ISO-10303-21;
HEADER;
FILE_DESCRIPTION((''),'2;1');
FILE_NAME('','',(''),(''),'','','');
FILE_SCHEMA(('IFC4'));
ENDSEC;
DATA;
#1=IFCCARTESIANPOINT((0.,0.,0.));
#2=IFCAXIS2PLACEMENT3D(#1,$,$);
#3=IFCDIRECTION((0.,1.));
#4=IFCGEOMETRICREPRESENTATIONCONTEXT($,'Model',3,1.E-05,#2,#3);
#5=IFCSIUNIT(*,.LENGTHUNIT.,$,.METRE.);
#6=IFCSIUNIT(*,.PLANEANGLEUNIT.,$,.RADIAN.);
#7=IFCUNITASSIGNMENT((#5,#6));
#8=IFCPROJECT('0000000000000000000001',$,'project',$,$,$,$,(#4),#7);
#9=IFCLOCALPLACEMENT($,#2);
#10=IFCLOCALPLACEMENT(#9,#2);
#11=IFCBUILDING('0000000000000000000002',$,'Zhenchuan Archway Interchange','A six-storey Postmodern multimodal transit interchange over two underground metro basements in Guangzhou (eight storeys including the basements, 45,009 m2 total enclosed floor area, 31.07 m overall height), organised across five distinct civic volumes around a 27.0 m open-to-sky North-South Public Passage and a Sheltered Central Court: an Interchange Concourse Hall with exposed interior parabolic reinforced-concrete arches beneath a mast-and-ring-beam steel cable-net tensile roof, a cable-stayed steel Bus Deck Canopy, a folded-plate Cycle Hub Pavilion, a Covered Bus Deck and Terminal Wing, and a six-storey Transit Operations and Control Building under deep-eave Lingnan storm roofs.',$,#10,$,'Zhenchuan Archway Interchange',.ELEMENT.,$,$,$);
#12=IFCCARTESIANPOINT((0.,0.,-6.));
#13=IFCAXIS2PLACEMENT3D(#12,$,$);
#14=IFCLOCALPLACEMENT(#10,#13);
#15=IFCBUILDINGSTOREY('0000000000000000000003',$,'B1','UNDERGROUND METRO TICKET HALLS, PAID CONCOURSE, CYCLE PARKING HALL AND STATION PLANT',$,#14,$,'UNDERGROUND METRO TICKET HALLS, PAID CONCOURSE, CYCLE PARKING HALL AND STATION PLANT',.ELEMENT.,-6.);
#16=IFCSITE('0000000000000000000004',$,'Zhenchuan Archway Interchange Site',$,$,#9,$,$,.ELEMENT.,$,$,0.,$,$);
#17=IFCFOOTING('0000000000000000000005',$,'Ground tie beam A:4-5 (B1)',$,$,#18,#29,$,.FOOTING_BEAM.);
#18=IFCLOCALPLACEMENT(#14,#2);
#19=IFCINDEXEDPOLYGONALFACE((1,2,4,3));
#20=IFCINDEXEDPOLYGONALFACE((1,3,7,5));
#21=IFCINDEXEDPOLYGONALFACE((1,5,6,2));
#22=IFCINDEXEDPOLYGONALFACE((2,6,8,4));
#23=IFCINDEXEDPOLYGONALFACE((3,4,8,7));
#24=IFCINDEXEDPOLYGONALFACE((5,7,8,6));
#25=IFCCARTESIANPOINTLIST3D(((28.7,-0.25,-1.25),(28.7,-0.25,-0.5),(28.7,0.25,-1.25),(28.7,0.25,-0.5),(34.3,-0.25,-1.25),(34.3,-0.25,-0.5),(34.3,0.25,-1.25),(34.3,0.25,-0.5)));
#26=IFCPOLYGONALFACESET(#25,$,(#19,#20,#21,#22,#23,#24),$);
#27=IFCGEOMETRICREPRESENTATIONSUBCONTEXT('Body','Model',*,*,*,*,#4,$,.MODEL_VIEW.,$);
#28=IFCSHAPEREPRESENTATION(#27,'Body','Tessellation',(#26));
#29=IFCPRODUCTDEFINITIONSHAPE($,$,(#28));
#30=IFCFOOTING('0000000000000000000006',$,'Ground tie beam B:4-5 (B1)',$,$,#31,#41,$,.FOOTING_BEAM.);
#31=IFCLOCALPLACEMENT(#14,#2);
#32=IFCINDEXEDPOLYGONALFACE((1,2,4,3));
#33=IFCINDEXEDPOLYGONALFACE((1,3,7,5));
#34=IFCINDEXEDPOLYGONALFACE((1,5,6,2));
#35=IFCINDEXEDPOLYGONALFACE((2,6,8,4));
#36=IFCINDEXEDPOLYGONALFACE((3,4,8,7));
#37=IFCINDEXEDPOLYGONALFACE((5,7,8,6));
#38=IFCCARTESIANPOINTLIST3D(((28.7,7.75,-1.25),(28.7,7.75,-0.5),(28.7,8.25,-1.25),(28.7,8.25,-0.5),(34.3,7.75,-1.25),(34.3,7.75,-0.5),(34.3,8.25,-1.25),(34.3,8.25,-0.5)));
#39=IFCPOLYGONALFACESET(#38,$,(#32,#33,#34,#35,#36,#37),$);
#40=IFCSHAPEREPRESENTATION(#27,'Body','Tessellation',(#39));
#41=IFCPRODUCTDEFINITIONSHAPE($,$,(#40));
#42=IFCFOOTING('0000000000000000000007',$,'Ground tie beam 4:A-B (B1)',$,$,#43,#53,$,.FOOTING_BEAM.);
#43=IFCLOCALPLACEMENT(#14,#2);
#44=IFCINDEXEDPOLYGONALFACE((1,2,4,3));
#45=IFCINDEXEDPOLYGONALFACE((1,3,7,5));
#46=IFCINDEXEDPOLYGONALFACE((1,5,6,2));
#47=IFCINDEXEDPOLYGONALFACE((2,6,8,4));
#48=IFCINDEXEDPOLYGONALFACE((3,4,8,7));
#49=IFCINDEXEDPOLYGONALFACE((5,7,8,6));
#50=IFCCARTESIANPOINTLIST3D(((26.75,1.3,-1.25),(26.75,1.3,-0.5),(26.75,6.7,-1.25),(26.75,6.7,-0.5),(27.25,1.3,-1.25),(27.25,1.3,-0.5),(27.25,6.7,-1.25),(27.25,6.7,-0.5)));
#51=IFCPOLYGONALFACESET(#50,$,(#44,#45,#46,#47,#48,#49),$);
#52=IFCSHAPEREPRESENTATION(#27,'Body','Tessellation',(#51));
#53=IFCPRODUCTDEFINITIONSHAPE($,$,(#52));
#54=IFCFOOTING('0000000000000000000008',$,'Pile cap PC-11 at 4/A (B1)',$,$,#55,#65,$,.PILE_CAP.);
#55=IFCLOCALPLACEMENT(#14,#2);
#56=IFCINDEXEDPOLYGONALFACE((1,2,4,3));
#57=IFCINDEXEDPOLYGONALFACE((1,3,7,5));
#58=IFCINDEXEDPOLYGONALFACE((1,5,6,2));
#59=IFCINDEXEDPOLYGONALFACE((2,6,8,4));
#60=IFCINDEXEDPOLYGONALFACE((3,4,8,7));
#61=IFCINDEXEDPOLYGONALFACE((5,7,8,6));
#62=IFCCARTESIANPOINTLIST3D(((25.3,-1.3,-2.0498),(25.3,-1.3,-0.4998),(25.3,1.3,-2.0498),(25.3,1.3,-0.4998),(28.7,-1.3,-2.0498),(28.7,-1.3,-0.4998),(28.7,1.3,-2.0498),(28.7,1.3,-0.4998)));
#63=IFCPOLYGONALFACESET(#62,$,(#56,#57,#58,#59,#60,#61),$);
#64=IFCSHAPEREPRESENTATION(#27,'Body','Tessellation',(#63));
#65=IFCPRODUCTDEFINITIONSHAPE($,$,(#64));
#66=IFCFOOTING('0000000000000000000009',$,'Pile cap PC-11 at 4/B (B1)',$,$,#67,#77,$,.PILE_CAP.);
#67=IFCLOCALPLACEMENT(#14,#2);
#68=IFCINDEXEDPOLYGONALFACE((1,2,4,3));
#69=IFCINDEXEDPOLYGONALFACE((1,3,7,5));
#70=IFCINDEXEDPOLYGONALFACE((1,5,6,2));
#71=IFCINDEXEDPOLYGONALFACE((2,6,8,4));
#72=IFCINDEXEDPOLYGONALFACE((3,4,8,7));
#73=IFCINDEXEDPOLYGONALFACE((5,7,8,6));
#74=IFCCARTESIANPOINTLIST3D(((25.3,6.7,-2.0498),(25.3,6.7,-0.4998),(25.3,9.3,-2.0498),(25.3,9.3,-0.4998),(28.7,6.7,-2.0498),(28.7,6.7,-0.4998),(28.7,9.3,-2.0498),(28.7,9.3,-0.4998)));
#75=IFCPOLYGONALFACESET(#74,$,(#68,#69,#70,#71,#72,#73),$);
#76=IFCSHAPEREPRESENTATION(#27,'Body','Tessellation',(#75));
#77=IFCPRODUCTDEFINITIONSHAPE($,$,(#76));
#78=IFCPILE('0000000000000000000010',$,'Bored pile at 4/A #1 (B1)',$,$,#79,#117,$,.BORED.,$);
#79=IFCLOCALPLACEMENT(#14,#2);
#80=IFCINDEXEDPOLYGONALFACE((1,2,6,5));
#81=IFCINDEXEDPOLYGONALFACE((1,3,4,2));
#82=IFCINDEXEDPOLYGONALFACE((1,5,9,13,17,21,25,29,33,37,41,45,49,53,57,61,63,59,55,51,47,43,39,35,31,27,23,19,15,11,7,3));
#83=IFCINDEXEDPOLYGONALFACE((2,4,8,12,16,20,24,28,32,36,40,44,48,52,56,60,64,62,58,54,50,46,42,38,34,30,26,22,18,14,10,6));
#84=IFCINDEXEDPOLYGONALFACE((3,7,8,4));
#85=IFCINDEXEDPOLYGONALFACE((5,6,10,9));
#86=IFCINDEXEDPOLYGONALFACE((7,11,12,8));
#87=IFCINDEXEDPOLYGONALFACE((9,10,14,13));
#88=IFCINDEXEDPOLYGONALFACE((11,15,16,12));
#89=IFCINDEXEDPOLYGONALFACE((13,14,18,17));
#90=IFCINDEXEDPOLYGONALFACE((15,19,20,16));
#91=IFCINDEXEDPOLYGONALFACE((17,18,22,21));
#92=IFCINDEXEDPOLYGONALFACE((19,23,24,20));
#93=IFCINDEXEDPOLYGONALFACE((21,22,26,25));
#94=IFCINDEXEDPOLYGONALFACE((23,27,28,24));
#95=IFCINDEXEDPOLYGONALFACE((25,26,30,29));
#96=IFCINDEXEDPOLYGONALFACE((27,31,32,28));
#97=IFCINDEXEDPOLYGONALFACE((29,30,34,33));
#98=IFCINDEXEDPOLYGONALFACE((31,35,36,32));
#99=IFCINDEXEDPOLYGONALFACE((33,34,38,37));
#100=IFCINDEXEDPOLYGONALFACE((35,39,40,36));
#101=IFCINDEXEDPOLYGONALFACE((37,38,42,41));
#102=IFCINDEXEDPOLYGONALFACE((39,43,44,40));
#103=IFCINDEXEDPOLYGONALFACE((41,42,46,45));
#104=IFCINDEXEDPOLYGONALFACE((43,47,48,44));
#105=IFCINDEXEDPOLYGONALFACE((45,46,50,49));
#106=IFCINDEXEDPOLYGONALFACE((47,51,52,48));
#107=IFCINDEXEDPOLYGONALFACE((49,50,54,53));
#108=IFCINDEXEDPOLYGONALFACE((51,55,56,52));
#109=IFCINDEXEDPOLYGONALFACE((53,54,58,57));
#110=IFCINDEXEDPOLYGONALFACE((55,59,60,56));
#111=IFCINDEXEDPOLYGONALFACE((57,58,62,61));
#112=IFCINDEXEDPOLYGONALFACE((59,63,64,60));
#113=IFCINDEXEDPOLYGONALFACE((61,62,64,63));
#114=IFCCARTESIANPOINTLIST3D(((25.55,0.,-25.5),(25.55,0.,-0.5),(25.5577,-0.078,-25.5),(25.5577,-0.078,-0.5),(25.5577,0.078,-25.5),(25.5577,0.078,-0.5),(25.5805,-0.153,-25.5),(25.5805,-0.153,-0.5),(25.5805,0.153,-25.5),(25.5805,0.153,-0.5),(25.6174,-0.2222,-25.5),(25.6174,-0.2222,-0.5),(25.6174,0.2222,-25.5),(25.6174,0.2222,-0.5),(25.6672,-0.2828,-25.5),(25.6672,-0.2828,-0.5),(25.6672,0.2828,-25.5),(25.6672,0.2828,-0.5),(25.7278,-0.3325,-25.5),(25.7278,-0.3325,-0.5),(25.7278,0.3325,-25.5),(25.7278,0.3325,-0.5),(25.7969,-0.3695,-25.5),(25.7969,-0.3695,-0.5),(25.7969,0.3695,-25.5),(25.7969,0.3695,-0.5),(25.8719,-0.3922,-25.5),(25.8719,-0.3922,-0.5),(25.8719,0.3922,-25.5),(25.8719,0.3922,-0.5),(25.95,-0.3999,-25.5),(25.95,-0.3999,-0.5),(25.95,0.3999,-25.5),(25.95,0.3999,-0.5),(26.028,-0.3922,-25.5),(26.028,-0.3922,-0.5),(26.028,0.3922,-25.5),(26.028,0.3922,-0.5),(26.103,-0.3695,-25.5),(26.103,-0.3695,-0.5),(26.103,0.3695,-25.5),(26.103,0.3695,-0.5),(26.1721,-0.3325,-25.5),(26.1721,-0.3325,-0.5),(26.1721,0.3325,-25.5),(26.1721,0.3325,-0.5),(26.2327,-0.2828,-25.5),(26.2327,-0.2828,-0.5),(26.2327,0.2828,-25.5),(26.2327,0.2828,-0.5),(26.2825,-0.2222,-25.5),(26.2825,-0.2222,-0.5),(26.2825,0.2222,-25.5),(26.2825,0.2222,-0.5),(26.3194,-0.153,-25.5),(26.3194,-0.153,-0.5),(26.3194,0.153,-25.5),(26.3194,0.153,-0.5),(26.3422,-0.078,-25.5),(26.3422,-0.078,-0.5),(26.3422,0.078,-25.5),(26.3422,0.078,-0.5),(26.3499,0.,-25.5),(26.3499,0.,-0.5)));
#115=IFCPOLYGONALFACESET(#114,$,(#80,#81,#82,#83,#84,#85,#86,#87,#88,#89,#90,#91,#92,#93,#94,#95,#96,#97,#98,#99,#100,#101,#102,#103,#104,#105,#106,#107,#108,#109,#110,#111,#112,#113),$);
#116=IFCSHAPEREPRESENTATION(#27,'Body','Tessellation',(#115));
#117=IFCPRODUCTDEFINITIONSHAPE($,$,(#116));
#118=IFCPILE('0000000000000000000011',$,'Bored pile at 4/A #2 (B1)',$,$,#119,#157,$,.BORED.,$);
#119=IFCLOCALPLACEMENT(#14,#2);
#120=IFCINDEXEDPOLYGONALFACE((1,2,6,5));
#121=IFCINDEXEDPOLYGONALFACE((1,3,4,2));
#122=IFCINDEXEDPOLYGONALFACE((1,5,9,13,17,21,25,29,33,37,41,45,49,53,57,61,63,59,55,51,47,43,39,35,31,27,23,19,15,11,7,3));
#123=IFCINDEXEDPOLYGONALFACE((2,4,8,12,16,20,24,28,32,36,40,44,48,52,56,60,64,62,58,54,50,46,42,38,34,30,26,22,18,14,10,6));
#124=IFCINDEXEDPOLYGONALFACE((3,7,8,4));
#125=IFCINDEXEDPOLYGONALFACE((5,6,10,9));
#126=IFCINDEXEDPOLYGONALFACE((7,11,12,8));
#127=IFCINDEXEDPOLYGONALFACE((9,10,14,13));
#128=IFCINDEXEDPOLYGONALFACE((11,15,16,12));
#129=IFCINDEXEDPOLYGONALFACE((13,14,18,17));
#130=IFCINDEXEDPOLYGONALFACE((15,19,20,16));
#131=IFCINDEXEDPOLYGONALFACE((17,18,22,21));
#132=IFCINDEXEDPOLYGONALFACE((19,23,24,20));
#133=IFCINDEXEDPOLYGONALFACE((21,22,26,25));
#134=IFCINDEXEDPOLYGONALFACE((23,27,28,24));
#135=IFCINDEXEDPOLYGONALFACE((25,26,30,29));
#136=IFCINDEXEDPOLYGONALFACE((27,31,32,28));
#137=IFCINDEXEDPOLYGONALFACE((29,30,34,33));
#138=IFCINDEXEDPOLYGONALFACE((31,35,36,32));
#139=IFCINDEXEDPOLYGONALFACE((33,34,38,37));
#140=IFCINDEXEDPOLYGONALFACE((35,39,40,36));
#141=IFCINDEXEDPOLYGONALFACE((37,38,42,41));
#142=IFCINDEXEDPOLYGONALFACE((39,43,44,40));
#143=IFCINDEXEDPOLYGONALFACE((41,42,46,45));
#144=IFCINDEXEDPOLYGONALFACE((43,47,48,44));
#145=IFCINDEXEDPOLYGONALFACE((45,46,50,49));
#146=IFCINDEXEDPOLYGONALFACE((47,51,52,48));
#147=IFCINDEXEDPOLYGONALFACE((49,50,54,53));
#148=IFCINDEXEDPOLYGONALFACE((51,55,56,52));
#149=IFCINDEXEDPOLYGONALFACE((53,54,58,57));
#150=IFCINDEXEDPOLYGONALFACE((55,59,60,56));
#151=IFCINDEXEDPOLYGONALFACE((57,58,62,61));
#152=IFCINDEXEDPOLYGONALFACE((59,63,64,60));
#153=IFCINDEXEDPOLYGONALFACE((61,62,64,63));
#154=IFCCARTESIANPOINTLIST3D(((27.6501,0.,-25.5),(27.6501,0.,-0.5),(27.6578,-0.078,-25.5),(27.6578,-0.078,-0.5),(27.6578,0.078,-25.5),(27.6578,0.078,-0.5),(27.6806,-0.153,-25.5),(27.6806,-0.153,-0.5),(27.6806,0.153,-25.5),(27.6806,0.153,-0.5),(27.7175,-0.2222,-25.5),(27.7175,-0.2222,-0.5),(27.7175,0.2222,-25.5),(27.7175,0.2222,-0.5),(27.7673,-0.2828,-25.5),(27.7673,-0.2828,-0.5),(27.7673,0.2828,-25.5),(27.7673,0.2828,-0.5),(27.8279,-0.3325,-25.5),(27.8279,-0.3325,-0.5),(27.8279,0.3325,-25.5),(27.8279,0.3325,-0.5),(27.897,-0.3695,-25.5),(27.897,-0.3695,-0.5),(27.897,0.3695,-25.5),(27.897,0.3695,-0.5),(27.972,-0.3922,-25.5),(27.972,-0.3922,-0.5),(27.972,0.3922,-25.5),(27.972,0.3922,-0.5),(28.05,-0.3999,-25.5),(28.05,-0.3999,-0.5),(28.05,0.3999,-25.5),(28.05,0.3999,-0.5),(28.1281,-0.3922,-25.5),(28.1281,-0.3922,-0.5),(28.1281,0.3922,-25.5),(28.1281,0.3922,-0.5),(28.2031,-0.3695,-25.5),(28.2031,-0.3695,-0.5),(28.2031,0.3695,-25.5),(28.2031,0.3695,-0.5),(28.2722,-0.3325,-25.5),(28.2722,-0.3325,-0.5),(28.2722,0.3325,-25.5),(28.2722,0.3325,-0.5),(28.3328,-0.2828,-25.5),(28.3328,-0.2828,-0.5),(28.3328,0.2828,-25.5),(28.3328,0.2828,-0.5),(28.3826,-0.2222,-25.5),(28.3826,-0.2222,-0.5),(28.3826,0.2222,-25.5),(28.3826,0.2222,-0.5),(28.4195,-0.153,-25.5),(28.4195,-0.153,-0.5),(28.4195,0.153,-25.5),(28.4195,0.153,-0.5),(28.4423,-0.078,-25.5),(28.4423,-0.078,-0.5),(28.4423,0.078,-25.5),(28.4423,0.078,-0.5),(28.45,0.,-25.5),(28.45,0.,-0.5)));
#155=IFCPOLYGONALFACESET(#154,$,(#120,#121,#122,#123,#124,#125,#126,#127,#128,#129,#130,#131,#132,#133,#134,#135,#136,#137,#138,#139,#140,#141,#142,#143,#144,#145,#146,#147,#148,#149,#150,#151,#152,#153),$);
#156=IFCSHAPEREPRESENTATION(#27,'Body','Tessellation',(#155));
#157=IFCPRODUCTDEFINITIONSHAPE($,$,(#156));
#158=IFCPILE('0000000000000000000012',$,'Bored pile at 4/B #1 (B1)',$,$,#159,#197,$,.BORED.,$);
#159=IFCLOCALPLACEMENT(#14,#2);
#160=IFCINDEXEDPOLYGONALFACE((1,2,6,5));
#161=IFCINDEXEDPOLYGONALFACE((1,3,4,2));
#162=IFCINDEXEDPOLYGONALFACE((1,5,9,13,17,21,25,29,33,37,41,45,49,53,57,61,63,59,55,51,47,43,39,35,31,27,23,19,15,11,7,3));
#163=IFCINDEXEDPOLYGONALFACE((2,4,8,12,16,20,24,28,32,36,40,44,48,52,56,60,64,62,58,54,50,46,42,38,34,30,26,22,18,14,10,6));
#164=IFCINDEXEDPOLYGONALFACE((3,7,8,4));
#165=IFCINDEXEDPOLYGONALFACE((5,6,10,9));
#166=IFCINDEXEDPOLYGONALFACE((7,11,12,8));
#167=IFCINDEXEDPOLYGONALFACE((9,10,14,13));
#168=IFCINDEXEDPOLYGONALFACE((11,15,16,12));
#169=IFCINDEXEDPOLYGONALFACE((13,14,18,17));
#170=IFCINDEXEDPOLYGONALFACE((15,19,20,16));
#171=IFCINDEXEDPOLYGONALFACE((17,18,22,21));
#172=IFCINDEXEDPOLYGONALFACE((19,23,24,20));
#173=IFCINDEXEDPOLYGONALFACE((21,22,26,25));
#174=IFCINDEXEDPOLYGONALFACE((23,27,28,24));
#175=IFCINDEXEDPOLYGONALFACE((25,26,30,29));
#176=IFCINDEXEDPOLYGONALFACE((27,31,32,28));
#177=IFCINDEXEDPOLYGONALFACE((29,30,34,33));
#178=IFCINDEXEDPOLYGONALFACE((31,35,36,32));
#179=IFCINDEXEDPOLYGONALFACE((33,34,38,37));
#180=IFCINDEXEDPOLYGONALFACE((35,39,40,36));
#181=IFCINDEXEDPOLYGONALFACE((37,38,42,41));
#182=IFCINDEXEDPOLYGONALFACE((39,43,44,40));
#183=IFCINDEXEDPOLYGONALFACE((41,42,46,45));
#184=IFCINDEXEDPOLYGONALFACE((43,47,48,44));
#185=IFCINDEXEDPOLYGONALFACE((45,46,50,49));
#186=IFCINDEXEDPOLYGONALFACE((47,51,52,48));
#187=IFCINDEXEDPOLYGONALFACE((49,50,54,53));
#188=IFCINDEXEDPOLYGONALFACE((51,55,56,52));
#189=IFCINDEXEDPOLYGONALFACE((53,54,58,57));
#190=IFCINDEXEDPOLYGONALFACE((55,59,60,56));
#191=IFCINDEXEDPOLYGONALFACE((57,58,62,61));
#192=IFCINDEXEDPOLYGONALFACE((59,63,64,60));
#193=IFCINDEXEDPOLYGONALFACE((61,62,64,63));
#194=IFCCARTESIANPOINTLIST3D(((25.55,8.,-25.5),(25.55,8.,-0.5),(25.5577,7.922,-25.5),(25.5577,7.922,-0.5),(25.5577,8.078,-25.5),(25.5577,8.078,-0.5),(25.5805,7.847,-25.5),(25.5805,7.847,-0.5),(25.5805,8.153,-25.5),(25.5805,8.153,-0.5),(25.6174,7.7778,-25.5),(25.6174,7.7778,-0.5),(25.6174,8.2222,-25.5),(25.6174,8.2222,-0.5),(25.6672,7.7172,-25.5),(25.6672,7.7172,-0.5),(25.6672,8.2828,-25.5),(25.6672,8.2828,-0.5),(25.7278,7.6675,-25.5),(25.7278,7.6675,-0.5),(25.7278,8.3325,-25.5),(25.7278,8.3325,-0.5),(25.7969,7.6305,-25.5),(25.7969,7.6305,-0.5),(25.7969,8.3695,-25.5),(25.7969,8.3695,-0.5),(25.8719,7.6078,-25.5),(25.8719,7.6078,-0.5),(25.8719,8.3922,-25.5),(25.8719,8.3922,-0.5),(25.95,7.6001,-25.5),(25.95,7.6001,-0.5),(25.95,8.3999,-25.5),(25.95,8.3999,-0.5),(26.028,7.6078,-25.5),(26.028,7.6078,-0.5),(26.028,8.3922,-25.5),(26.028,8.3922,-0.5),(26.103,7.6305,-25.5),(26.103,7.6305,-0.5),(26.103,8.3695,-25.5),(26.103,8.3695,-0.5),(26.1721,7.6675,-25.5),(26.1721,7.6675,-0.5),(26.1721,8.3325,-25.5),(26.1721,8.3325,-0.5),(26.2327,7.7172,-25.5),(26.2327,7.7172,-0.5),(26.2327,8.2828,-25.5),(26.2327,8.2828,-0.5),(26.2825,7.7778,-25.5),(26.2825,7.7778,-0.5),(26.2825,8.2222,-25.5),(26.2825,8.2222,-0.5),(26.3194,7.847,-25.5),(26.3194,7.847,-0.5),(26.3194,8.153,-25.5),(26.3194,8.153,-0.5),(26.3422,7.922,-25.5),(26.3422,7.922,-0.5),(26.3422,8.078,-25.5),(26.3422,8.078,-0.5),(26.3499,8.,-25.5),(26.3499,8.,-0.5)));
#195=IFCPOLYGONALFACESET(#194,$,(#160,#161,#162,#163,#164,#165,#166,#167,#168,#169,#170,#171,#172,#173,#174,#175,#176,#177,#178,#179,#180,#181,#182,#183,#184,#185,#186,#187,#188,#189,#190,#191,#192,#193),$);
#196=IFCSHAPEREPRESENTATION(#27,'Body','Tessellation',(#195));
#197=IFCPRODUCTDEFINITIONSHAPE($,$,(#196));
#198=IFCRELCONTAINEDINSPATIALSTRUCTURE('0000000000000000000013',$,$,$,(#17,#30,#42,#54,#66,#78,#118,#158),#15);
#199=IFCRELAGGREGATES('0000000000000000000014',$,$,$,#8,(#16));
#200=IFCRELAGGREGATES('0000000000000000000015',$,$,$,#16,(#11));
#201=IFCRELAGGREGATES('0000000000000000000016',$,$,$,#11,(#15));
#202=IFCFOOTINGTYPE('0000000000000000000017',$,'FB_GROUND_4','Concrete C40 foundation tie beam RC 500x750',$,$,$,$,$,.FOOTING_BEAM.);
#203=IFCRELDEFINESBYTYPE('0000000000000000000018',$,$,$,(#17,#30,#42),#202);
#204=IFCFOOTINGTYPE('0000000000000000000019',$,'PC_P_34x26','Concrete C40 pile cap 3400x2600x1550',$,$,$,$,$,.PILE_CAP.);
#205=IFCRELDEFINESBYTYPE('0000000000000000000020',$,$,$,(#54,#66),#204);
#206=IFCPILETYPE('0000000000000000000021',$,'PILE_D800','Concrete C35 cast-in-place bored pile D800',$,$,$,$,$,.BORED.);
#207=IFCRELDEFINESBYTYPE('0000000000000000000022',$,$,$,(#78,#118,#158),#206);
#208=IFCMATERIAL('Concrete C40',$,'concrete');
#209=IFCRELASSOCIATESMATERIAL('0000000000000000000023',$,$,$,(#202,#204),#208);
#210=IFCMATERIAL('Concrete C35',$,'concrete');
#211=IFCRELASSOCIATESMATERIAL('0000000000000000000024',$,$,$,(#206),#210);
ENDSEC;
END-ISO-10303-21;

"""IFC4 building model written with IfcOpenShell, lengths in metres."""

from ifc_helpers import new_model, si_unit, direction, frame, origin, origin_2d, place, context, subcontext, project, spatial, rectangle, circle, extrude, material, material_profile, profile_set, type_object, element, save


model = new_model("IFC4")

# Units and contexts
model_context = context("Model", 3, precision=1e-05, world=origin(), true_north=direction((0.0, 1.0)))
body_context = subcontext(model_context, "Body", "Model", "MODEL_VIEW")
ifc_project = project(units=[si_unit("LENGTHUNIT", "METRE"), si_unit("PLANEANGLEUNIT", "RADIAN")], contexts=[model_context])

# Site, building, storey
site_placement = place(None, origin())
site = spatial("IfcSite", under=ifc_project, at=site_placement, Name="Zhenchuan Archway Interchange Site", CompositionType="ELEMENT", RefElevation=0.0)
building_placement = place(site_placement, origin())
building = spatial("IfcBuilding", under=site, at=building_placement, Name="Zhenchuan Archway Interchange", Description="A six-storey Postmodern multimodal transit interchange over two underground metro basements in Guangzhou (eight storeys including the basements, 45,009 m2 total enclosed floor area, 31.07 m overall height), organised across five distinct civic volumes around a 27.0 m open-to-sky North-South Public Passage and a Sheltered Central Court: an Interchange Concourse Hall with exposed interior parabolic reinforced-concrete arches beneath a mast-and-ring-beam steel cable-net tensile roof, a cable-stayed steel Bus Deck Canopy, a folded-plate Cycle Hub Pavilion, a Covered Bus Deck and Terminal Wing, and a six-storey Transit Operations and Control Building under deep-eave Lingnan storm roofs.", LongName="Zhenchuan Archway Interchange", CompositionType="ELEMENT")
storey_placement = place(building_placement, frame((0.0, 0.0, -6.0)))
storey = spatial("IfcBuildingStorey", under=building, at=storey_placement, Name="B1", Description="UNDERGROUND METRO TICKET HALLS, PAID CONCOURSE, CYCLE PARKING HALL AND STATION PLANT", LongName="UNDERGROUND METRO TICKET HALLS, PAID CONCOURSE, CYCLE PARKING HALL AND STATION PLANT", CompositionType="ELEMENT", Elevation=-6.0)

# Footings
ifc_material_1 = material(Name="Concrete C40", Category="concrete")
ifc_material_profile_1 = material_profile(ifc_material_1, rectangle(XDim=0.5, YDim=0.75, at=origin_2d()), Name="RC 500x750")
ifc_profile_set_1 = profile_set([ifc_material_profile_1], Name="Concrete C40")
footing_type_1 = type_object("IfcFootingType", Name="FB_GROUND_4", Description="Concrete C40 foundation tie beam RC 500x750", PredefinedType="FOOTING_BEAM", material=ifc_profile_set_1)
for number, where, z_axis, x_axis, name in (
    (1, (28.7, 0.0, -0.875), (1.0, 0.0, 0.0), (0.0, 1.0, 0.0), "Ground tie beam A:4-5 (B1)"),
    (2, (28.7, 8.0, -0.875), (1.0, 0.0, 0.0), (0.0, 1.0, 0.0), "Ground tie beam B:4-5 (B1)"),
):
    element("IfcFooting", number, at=place(storey_placement, frame(where, z_axis=z_axis, x_axis=x_axis)), inside=storey, type_object=footing_type_1, Name=name, PredefinedType="FOOTING_BEAM", context=body_context, shape_type="SweptSolid", body=[
        extrude(rectangle(XDim=0.5, YDim=0.75, at=origin_2d()), origin(), (0.0, 0.0, 1.0), 5.6001),
    ])
footing_placement = place(storey_placement, frame((27.0, 1.3, -0.875), z_axis=(0.0, 1.0, 0.0), x_axis=(-1.0, 0.0, 0.0)))
element("IfcFooting", 3, at=footing_placement, inside=storey, type_object=footing_type_1, Name="Ground tie beam 4:A-B (B1)", PredefinedType="FOOTING_BEAM", context=body_context, shape_type="SweptSolid", body=[
    extrude(rectangle(XDim=0.5, YDim=0.75, at=origin_2d()), origin(), (0.0, 0.0, 1.0), 5.3999),
])
footing_type_2 = type_object("IfcFootingType", Name="PC_P_34x26", Description="Concrete C40 pile cap 3400x2600x1550", PredefinedType="PILE_CAP", material=ifc_material_1)
for number, where, z_axis, x_axis, name in (
    (4, (27.0, 0.0, -2.0498), (0.0, 0.0, 1.0), (1.0, 0.0, 0.0), "Pile cap PC-11 at 4/A (B1)"),
    (5, (27.0, 8.0, -2.0498), (0.0, 0.0, 1.0), (1.0, 0.0, 0.0), "Pile cap PC-11 at 4/B (B1)"),
):
    element("IfcFooting", number, at=place(storey_placement, frame(where, z_axis=z_axis, x_axis=x_axis)), inside=storey, type_object=footing_type_2, Name=name, PredefinedType="PILE_CAP", context=body_context, shape_type="SweptSolid", body=[
        extrude(rectangle(XDim=3.3999, YDim=2.6001, at=origin_2d()), origin(), (0.0, 0.0, 1.0), 1.55),
    ])

# Piles
ifc_material_2 = material(Name="Concrete C35", Category="concrete")
ifc_material_profile_2 = material_profile(ifc_material_2, circle(Radius=0.3999, at=origin_2d()), Name="BORED PILE 800")
ifc_profile_set_2 = profile_set([ifc_material_profile_2], Name="Concrete C35")
pile_type = type_object("IfcPileType", Name="PILE_D800", Description="Concrete C35 cast-in-place bored pile D800", PredefinedType="BORED", material=ifc_profile_set_2)
for number, where, z_axis, x_axis, name in (
    (6, (25.95, 0.0, -0.5), (0.0, 0.0, -1.0), (1.0, 0.0, 0.0), "Bored pile at 4/A #1 (B1)"),
    (7, (28.05, 0.0, -0.5), (0.0, 0.0, -1.0), (1.0, 0.0, 0.0), "Bored pile at 4/A #2 (B1)"),
    (8, (25.95, 8.0, -0.5), (0.0, 0.0, -1.0), (1.0, 0.0, 0.0), "Bored pile at 4/B #1 (B1)"),
):
    element("IfcPile", number, at=place(storey_placement, frame(where, z_axis=z_axis, x_axis=x_axis)), inside=storey, type_object=pile_type, Name=name, PredefinedType="BORED", context=body_context, shape_type="SweptSolid", body=[
        extrude(circle(Radius=0.3999, at=origin_2d()), origin(), (0.0, 0.0, 1.0), 25.0),
    ])

save(model, "model.ifc")
